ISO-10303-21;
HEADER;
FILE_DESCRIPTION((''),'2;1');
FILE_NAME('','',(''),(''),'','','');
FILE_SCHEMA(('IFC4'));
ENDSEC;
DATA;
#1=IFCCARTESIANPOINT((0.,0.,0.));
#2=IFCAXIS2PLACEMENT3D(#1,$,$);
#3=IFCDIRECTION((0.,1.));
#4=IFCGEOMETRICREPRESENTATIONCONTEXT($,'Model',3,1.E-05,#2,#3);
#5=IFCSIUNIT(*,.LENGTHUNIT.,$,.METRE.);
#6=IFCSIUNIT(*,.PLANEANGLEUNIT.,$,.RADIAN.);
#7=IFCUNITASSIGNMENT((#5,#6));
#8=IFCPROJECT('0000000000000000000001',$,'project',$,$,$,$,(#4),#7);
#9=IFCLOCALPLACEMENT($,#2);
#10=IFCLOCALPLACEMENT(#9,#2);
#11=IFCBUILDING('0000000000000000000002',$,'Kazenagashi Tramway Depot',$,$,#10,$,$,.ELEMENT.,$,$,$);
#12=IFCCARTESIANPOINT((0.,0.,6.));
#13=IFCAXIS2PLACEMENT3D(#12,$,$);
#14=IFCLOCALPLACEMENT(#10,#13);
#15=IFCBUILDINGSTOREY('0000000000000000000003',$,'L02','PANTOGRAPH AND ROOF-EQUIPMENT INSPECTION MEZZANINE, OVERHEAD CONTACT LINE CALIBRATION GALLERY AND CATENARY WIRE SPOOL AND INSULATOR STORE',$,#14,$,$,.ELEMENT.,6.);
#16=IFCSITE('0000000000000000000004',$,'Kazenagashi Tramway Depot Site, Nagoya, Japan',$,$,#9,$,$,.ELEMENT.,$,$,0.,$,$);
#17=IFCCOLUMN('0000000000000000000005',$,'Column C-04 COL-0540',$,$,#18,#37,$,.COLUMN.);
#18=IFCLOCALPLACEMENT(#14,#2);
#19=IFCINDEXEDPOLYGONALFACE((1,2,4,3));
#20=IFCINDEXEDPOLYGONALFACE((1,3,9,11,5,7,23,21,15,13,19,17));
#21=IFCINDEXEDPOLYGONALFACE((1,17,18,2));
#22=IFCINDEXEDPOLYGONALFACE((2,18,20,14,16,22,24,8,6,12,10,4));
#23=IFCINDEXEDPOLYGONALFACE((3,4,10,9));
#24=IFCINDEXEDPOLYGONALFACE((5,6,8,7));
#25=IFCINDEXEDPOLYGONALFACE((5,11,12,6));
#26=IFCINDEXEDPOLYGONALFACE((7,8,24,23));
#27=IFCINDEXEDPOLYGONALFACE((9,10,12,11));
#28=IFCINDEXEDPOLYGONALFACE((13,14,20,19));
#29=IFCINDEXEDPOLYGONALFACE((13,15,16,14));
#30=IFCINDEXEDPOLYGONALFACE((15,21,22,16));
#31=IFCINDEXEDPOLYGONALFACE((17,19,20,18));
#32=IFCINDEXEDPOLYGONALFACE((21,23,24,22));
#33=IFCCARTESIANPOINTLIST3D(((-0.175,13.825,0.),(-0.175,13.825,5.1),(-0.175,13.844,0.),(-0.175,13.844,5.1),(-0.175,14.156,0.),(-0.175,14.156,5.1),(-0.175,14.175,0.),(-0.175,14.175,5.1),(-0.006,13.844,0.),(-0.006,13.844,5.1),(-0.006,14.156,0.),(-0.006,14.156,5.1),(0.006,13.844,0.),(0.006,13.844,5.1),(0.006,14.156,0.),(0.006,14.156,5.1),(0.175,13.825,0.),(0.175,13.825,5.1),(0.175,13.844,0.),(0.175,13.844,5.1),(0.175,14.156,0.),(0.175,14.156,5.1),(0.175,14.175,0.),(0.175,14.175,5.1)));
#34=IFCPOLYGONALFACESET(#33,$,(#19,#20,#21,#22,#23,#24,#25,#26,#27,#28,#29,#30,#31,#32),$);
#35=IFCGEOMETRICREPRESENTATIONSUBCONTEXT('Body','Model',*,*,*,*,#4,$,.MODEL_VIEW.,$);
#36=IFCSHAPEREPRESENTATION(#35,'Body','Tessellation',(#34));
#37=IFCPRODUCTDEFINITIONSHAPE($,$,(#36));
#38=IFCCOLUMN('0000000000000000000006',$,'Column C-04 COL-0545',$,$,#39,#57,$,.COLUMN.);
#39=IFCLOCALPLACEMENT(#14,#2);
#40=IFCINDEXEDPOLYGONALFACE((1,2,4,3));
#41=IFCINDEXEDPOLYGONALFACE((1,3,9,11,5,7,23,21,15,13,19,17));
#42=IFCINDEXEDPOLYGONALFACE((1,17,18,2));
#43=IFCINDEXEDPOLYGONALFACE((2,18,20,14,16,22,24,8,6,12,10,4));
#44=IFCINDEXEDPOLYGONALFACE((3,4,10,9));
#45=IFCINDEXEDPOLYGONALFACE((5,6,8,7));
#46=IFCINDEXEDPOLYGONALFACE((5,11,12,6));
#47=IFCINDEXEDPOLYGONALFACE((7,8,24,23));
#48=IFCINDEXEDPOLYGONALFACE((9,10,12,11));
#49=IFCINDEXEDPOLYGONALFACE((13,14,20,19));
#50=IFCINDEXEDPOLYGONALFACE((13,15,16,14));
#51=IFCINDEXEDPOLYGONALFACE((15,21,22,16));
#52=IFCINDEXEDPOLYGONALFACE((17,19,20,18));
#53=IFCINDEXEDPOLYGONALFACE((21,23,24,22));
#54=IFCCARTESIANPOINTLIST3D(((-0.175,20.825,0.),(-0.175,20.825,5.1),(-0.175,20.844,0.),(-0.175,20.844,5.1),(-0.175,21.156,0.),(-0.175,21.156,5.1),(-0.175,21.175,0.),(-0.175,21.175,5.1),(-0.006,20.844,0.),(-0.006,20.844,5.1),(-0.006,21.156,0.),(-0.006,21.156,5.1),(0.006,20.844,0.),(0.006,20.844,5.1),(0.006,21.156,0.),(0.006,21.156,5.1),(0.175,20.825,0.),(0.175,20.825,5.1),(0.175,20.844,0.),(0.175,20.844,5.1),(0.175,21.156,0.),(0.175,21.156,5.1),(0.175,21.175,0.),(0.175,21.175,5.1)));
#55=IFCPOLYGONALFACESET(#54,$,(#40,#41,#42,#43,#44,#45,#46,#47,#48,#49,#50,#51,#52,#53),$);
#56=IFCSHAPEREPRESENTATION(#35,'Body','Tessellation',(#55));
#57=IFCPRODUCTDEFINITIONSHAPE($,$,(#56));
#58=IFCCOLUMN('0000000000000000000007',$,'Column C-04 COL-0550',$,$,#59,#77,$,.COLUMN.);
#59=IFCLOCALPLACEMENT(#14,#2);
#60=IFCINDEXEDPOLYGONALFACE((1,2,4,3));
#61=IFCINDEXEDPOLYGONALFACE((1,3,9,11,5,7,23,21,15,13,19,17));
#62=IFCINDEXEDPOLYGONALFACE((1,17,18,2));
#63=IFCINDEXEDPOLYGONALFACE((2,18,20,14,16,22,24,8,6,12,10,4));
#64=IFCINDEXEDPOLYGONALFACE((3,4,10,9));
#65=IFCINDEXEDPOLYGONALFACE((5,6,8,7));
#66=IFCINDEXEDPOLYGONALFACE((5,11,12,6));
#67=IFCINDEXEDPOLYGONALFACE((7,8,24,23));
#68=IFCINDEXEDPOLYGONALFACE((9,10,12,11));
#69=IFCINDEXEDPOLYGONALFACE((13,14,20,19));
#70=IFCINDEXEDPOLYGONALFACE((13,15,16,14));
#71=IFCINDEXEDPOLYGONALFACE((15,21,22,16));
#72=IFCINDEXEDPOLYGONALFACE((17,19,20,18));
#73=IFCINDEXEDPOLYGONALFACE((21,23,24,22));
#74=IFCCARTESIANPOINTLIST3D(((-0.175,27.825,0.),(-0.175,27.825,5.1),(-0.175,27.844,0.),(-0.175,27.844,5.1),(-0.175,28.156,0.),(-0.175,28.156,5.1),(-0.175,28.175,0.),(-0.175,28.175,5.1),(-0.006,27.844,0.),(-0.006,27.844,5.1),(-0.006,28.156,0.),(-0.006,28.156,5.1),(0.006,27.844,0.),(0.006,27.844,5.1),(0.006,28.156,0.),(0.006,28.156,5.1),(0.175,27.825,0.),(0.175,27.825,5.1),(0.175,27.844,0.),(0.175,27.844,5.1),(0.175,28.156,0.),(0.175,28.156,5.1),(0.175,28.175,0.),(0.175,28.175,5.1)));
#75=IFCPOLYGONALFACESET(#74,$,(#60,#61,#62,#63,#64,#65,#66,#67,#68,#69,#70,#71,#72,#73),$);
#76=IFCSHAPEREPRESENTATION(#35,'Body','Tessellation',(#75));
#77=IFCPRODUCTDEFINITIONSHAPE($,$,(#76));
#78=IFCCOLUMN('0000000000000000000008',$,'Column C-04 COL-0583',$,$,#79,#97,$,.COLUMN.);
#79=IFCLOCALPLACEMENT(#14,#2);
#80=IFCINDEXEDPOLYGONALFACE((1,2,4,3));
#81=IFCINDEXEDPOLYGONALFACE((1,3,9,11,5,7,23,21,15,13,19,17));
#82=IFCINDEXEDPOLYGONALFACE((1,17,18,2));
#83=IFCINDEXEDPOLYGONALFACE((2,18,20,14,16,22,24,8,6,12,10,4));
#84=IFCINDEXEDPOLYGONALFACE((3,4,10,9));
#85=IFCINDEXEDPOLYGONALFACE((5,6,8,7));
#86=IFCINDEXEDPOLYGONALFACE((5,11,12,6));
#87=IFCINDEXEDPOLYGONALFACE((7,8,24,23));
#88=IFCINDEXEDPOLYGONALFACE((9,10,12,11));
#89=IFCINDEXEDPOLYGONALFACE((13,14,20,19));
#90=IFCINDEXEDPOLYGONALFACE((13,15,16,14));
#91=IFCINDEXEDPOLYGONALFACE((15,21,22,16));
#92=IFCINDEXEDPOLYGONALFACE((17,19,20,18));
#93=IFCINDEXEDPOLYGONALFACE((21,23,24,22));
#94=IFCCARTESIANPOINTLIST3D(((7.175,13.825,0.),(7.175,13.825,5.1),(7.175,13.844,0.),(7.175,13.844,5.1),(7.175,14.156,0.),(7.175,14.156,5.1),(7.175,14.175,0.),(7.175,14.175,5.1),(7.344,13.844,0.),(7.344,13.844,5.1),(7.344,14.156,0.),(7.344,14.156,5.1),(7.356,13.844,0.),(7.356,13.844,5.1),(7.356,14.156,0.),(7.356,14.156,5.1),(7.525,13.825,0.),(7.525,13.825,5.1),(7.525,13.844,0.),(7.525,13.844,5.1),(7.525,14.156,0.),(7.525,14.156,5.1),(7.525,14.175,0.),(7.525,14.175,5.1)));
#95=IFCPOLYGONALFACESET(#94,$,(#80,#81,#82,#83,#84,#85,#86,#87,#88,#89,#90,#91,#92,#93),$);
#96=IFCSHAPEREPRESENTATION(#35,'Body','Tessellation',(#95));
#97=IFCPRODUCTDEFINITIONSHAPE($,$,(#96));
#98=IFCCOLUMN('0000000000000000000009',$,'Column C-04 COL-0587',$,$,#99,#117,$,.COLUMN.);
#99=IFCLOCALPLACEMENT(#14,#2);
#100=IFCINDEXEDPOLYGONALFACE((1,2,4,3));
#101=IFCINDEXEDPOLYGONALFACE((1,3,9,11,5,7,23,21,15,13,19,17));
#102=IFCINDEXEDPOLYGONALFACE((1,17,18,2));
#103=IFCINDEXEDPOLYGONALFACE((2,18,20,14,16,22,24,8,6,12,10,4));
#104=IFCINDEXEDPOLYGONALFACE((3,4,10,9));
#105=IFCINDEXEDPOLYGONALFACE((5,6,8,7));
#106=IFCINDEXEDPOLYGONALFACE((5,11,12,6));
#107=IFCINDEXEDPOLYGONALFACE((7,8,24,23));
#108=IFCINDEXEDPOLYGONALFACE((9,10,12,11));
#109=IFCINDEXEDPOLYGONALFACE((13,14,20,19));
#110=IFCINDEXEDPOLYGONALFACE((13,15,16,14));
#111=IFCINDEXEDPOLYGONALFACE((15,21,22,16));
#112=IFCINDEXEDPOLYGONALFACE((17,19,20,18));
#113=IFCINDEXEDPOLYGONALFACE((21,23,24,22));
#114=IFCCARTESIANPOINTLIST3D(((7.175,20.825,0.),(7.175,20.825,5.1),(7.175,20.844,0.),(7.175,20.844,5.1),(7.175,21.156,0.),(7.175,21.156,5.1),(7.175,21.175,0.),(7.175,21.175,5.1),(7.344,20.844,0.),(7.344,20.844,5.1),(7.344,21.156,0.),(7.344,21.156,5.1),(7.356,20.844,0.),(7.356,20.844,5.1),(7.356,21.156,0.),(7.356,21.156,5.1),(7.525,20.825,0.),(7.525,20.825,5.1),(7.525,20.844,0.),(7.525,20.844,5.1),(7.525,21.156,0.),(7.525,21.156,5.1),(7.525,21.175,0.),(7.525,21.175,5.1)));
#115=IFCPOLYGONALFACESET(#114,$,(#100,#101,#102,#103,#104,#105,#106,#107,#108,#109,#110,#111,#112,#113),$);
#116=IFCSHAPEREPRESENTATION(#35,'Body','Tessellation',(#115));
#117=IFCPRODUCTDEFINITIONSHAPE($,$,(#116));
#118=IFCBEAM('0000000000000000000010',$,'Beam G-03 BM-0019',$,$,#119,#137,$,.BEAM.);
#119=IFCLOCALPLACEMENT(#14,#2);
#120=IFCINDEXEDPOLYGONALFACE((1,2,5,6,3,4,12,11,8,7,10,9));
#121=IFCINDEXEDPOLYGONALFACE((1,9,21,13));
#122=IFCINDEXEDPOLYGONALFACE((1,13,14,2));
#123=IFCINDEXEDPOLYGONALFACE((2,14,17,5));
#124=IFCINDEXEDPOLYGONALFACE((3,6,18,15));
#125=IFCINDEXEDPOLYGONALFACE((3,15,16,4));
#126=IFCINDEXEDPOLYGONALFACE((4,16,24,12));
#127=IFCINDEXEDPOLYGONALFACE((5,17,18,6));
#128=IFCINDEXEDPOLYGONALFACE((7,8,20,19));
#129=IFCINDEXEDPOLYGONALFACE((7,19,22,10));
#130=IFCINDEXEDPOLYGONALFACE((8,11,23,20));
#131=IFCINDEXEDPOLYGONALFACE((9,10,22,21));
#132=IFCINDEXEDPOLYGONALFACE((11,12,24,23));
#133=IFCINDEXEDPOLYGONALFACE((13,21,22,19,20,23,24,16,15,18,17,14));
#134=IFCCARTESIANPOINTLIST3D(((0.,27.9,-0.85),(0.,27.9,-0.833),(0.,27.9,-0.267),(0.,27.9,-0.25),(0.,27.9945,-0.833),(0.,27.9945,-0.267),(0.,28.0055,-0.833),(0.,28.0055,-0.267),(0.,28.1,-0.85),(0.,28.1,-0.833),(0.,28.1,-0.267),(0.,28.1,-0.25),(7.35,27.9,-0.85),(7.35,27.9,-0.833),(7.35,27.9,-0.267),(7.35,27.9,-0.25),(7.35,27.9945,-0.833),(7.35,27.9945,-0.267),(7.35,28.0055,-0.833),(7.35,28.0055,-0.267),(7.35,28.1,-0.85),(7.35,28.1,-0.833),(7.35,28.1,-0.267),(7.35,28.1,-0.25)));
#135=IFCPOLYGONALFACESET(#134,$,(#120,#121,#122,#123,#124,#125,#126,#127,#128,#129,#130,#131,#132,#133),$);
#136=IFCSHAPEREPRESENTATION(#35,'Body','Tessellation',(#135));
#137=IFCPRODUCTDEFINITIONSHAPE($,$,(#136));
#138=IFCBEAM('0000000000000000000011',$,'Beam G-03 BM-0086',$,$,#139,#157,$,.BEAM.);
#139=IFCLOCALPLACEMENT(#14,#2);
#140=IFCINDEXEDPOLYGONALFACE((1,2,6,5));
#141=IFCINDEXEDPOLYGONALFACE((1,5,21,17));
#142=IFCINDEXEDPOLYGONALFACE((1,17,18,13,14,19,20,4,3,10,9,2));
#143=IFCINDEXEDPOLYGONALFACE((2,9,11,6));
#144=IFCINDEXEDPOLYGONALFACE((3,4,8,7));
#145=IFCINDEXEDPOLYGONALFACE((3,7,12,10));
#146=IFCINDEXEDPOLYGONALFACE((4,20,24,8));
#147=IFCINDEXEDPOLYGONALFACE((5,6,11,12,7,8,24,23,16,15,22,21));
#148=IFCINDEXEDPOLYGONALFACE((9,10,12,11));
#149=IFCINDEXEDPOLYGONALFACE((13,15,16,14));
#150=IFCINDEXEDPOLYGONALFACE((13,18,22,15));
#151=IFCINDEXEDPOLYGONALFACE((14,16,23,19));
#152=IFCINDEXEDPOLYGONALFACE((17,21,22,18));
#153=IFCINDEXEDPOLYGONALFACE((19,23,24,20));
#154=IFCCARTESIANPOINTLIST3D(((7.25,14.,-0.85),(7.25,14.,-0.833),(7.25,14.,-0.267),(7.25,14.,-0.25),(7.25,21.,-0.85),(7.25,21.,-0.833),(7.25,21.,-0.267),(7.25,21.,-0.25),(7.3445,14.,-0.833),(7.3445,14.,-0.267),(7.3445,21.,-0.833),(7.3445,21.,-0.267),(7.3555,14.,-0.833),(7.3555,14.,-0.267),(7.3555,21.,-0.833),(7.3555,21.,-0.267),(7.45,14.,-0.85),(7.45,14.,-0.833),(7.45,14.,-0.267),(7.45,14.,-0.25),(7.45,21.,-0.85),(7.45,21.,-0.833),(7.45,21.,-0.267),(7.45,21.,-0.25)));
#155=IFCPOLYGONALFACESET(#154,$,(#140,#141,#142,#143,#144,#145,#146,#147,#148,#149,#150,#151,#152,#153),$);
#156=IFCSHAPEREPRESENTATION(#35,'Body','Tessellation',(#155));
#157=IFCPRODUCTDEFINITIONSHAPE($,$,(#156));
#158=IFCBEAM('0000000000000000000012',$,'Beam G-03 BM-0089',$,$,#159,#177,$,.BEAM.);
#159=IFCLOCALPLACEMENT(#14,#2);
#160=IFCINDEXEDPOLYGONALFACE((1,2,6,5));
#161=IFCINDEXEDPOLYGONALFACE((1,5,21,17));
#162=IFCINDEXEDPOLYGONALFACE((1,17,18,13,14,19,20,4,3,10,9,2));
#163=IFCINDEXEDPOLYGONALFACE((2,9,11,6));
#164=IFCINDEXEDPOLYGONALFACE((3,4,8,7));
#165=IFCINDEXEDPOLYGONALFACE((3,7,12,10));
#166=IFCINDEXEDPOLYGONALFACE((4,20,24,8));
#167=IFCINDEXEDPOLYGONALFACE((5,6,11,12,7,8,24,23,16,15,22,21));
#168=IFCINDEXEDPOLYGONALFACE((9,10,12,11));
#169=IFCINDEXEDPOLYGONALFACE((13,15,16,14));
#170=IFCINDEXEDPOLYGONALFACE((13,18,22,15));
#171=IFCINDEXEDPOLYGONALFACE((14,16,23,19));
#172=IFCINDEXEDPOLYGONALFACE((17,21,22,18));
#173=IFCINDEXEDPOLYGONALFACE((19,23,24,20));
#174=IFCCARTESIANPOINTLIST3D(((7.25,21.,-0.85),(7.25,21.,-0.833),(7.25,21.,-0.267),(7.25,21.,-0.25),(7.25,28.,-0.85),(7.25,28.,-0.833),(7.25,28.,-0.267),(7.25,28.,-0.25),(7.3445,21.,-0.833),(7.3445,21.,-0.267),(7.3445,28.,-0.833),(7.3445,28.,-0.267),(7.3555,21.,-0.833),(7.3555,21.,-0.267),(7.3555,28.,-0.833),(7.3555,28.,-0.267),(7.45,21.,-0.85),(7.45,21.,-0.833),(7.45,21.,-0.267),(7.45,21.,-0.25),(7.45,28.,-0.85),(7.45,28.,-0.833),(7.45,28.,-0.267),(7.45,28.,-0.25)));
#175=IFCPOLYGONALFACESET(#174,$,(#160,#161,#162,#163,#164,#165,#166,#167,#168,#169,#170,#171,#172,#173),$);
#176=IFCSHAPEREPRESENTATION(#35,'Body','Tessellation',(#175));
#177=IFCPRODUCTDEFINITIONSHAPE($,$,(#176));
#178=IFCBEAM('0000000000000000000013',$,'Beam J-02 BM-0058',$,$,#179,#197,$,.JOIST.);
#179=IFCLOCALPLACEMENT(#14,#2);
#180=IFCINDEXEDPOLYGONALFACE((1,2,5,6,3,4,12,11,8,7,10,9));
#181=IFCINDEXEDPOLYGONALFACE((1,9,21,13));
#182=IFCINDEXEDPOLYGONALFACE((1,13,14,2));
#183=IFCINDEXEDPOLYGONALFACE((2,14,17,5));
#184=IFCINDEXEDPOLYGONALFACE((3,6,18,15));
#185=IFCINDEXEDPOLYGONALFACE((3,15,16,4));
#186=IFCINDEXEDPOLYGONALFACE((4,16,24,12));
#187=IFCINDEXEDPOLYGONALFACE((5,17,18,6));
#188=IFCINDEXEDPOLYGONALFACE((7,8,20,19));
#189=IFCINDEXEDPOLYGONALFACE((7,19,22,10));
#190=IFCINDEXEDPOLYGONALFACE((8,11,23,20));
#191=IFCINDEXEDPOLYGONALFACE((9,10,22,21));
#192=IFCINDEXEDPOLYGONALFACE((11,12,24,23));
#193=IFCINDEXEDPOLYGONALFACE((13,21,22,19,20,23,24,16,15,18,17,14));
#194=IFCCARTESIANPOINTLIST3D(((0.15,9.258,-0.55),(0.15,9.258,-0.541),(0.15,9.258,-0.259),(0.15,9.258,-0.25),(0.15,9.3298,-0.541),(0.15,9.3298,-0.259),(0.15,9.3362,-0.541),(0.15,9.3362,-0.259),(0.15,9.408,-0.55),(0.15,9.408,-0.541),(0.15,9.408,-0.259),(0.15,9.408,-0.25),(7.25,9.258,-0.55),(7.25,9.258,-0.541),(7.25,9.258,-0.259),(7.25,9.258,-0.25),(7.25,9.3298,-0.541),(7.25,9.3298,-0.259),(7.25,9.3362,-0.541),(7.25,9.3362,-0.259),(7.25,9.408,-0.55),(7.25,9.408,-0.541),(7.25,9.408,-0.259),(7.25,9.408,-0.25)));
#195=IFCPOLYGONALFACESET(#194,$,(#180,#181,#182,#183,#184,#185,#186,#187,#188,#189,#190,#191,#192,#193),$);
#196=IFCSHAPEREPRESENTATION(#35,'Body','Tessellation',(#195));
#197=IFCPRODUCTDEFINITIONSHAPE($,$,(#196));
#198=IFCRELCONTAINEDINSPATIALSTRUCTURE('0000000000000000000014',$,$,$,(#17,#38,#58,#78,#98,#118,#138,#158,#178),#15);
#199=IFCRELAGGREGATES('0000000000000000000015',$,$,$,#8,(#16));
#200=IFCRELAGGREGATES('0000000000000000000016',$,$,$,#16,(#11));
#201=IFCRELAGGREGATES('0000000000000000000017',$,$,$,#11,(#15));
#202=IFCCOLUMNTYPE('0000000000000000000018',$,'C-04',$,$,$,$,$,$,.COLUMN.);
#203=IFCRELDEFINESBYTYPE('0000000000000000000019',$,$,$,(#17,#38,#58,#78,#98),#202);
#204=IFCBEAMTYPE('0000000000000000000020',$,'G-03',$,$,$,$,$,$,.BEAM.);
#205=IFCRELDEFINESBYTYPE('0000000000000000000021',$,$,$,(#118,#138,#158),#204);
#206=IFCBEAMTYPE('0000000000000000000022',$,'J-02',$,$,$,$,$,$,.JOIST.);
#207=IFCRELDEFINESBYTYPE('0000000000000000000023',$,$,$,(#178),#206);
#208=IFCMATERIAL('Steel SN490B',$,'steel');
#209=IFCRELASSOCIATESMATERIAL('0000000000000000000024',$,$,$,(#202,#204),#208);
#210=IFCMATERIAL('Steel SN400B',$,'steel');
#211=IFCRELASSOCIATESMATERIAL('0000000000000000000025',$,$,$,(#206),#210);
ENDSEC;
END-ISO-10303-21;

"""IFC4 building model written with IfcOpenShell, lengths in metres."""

from ifc_helpers import new_model, si_unit, direction, frame, origin, origin_2d, place, context, subcontext, project, spatial, i_section, extrude, material, material_profile, profile_set, type_object, element, save


model = new_model("IFC4")

# Units and contexts
model_context = context("Model", 3, precision=1e-05, world=origin(), true_north=direction((0.0, 1.0)))
body_context = subcontext(model_context, "Body", "Model", "MODEL_VIEW")
ifc_project = project(units=[si_unit("LENGTHUNIT", "METRE"), si_unit("PLANEANGLEUNIT", "RADIAN")], contexts=[model_context])

# Site, building, storey
site_placement = place(None, origin())
site = spatial("IfcSite", under=ifc_project, at=site_placement, Name="Kazenagashi Tramway Depot Site, Nagoya, Japan", CompositionType="ELEMENT", RefElevation=0.0)
building_placement = place(site_placement, origin())
building = spatial("IfcBuilding", under=site, at=building_placement, Name="Kazenagashi Tramway Depot", CompositionType="ELEMENT")
storey_placement = place(building_placement, frame((0.0, 0.0, 6.0)))
storey = spatial("IfcBuildingStorey", under=building, at=storey_placement, Name="L02", Description="PANTOGRAPH AND ROOF-EQUIPMENT INSPECTION MEZZANINE, OVERHEAD CONTACT LINE CALIBRATION GALLERY AND CATENARY WIRE SPOOL AND INSULATOR STORE", CompositionType="ELEMENT", Elevation=6.0)

# Columns
ifc_material_1 = material(Name="Steel SN490B", Category="steel")
ifc_material_profile_1 = material_profile(ifc_material_1, i_section(OverallWidth=0.35, OverallDepth=0.35, WebThickness=0.012, FlangeThickness=0.019, at=origin_2d()), Name="H-350x350x12x19")
ifc_profile_set_1 = profile_set([ifc_material_profile_1], Name="Steel SN490B")
column_type = type_object("IfcColumnType", Name="C-04", PredefinedType="COLUMN", material=ifc_profile_set_1)
for number, where, z_axis, x_axis, name in (
    (1, (0.0, 14.0, 0.0), (0.0, 0.0, 1.0), (1.0, 0.0, 0.0), "Column C-04 COL-0540"),
    (2, (0.0, 21.0, 0.0), (0.0, 0.0, 1.0), (1.0, 0.0, 0.0), "Column C-04 COL-0545"),
    (3, (0.0, 28.0, 0.0), (0.0, 0.0, 1.0), (1.0, 0.0, 0.0), "Column C-04 COL-0550"),
    (4, (7.35, 14.0, 0.0), (0.0, 0.0, 1.0), (1.0, 0.0, 0.0), "Column C-04 COL-0583"),
    (5, (7.35, 21.0, 0.0), (0.0, 0.0, 1.0), (1.0, 0.0, 0.0), "Column C-04 COL-0587"),
):
    element("IfcColumn", number, at=place(storey_placement, frame(where, z_axis=z_axis, x_axis=x_axis)), inside=storey, type_object=column_type, Name=name, PredefinedType="COLUMN", context=body_context, shape_type="SweptSolid", body=[
        extrude(i_section(OverallWidth=0.35, OverallDepth=0.35, WebThickness=0.012, FlangeThickness=0.019, at=origin_2d()), origin(), (0.0, 0.0, 1.0), 5.1),
    ])

# Beams
ifc_material_profile_2 = material_profile(ifc_material_1, i_section(OverallWidth=0.2, OverallDepth=0.6, WebThickness=0.011, FlangeThickness=0.017, at=origin_2d()), Name="H-600x200x11x17")
ifc_profile_set_2 = profile_set([ifc_material_profile_2], Name="Steel SN490B")
beam_type_1 = type_object("IfcBeamType", Name="G-03", PredefinedType="BEAM", material=ifc_profile_set_2)
beam_placement = place(storey_placement, frame((0.0, 28.0, -0.55), z_axis=(1.0, 0.0, 0.0), x_axis=(0.0, 1.0, 0.0)))
element("IfcBeam", 6, at=beam_placement, inside=storey, type_object=beam_type_1, Name="Beam G-03 BM-0019", PredefinedType="BEAM", context=body_context, shape_type="SweptSolid", body=[
    extrude(i_section(OverallWidth=0.2, OverallDepth=0.6, WebThickness=0.011, FlangeThickness=0.017, at=origin_2d()), origin(), (0.0, 0.0, 1.0), 7.35),
])
for number, where, z_axis, x_axis, name in (
    (7, (7.35, 14.0, -0.55), (0.0, 1.0, 0.0), (-1.0, 0.0, 0.0), "Beam G-03 BM-0086"),
    (8, (7.35, 21.0, -0.55), (0.0, 1.0, 0.0), (-1.0, 0.0, 0.0), "Beam G-03 BM-0089"),
):
    element("IfcBeam", number, at=place(storey_placement, frame(where, z_axis=z_axis, x_axis=x_axis)), inside=storey, type_object=beam_type_1, Name=name, PredefinedType="BEAM", context=body_context, shape_type="SweptSolid", body=[
        extrude(i_section(OverallWidth=0.2, OverallDepth=0.6, WebThickness=0.011, FlangeThickness=0.017, at=origin_2d()), origin(), (0.0, 0.0, 1.0), 7.0),
    ])
ifc_material_2 = material(Name="Steel SN400B", Category="steel")
ifc_material_profile_3 = material_profile(ifc_material_2, i_section(OverallWidth=0.15, OverallDepth=0.3, WebThickness=0.0065, FlangeThickness=0.009, at=origin_2d()), Name="H-300x150x6.5x9")
ifc_profile_set_3 = profile_set([ifc_material_profile_3], Name="Steel SN400B")
beam_type_2 = type_object("IfcBeamType", Name="J-02", PredefinedType="JOIST", material=ifc_profile_set_3)
for number, where, z_axis, x_axis, name in (
    (9, (0.15, 9.333, -0.4), (1.0, 0.0, 0.0), (0.0, 1.0, 0.0), "Beam J-02 BM-0058"),
):
    element("IfcBeam", number, at=place(storey_placement, frame(where, z_axis=z_axis, x_axis=x_axis)), inside=storey, type_object=beam_type_2, Name=name, PredefinedType="JOIST", context=body_context, shape_type="SweptSolid", body=[
        extrude(i_section(OverallWidth=0.15, OverallDepth=0.3, WebThickness=0.0065, FlangeThickness=0.009, at=origin_2d()), origin(), (0.0, 0.0, 1.0), 7.1),
    ])

save(model, "model.ifc")
